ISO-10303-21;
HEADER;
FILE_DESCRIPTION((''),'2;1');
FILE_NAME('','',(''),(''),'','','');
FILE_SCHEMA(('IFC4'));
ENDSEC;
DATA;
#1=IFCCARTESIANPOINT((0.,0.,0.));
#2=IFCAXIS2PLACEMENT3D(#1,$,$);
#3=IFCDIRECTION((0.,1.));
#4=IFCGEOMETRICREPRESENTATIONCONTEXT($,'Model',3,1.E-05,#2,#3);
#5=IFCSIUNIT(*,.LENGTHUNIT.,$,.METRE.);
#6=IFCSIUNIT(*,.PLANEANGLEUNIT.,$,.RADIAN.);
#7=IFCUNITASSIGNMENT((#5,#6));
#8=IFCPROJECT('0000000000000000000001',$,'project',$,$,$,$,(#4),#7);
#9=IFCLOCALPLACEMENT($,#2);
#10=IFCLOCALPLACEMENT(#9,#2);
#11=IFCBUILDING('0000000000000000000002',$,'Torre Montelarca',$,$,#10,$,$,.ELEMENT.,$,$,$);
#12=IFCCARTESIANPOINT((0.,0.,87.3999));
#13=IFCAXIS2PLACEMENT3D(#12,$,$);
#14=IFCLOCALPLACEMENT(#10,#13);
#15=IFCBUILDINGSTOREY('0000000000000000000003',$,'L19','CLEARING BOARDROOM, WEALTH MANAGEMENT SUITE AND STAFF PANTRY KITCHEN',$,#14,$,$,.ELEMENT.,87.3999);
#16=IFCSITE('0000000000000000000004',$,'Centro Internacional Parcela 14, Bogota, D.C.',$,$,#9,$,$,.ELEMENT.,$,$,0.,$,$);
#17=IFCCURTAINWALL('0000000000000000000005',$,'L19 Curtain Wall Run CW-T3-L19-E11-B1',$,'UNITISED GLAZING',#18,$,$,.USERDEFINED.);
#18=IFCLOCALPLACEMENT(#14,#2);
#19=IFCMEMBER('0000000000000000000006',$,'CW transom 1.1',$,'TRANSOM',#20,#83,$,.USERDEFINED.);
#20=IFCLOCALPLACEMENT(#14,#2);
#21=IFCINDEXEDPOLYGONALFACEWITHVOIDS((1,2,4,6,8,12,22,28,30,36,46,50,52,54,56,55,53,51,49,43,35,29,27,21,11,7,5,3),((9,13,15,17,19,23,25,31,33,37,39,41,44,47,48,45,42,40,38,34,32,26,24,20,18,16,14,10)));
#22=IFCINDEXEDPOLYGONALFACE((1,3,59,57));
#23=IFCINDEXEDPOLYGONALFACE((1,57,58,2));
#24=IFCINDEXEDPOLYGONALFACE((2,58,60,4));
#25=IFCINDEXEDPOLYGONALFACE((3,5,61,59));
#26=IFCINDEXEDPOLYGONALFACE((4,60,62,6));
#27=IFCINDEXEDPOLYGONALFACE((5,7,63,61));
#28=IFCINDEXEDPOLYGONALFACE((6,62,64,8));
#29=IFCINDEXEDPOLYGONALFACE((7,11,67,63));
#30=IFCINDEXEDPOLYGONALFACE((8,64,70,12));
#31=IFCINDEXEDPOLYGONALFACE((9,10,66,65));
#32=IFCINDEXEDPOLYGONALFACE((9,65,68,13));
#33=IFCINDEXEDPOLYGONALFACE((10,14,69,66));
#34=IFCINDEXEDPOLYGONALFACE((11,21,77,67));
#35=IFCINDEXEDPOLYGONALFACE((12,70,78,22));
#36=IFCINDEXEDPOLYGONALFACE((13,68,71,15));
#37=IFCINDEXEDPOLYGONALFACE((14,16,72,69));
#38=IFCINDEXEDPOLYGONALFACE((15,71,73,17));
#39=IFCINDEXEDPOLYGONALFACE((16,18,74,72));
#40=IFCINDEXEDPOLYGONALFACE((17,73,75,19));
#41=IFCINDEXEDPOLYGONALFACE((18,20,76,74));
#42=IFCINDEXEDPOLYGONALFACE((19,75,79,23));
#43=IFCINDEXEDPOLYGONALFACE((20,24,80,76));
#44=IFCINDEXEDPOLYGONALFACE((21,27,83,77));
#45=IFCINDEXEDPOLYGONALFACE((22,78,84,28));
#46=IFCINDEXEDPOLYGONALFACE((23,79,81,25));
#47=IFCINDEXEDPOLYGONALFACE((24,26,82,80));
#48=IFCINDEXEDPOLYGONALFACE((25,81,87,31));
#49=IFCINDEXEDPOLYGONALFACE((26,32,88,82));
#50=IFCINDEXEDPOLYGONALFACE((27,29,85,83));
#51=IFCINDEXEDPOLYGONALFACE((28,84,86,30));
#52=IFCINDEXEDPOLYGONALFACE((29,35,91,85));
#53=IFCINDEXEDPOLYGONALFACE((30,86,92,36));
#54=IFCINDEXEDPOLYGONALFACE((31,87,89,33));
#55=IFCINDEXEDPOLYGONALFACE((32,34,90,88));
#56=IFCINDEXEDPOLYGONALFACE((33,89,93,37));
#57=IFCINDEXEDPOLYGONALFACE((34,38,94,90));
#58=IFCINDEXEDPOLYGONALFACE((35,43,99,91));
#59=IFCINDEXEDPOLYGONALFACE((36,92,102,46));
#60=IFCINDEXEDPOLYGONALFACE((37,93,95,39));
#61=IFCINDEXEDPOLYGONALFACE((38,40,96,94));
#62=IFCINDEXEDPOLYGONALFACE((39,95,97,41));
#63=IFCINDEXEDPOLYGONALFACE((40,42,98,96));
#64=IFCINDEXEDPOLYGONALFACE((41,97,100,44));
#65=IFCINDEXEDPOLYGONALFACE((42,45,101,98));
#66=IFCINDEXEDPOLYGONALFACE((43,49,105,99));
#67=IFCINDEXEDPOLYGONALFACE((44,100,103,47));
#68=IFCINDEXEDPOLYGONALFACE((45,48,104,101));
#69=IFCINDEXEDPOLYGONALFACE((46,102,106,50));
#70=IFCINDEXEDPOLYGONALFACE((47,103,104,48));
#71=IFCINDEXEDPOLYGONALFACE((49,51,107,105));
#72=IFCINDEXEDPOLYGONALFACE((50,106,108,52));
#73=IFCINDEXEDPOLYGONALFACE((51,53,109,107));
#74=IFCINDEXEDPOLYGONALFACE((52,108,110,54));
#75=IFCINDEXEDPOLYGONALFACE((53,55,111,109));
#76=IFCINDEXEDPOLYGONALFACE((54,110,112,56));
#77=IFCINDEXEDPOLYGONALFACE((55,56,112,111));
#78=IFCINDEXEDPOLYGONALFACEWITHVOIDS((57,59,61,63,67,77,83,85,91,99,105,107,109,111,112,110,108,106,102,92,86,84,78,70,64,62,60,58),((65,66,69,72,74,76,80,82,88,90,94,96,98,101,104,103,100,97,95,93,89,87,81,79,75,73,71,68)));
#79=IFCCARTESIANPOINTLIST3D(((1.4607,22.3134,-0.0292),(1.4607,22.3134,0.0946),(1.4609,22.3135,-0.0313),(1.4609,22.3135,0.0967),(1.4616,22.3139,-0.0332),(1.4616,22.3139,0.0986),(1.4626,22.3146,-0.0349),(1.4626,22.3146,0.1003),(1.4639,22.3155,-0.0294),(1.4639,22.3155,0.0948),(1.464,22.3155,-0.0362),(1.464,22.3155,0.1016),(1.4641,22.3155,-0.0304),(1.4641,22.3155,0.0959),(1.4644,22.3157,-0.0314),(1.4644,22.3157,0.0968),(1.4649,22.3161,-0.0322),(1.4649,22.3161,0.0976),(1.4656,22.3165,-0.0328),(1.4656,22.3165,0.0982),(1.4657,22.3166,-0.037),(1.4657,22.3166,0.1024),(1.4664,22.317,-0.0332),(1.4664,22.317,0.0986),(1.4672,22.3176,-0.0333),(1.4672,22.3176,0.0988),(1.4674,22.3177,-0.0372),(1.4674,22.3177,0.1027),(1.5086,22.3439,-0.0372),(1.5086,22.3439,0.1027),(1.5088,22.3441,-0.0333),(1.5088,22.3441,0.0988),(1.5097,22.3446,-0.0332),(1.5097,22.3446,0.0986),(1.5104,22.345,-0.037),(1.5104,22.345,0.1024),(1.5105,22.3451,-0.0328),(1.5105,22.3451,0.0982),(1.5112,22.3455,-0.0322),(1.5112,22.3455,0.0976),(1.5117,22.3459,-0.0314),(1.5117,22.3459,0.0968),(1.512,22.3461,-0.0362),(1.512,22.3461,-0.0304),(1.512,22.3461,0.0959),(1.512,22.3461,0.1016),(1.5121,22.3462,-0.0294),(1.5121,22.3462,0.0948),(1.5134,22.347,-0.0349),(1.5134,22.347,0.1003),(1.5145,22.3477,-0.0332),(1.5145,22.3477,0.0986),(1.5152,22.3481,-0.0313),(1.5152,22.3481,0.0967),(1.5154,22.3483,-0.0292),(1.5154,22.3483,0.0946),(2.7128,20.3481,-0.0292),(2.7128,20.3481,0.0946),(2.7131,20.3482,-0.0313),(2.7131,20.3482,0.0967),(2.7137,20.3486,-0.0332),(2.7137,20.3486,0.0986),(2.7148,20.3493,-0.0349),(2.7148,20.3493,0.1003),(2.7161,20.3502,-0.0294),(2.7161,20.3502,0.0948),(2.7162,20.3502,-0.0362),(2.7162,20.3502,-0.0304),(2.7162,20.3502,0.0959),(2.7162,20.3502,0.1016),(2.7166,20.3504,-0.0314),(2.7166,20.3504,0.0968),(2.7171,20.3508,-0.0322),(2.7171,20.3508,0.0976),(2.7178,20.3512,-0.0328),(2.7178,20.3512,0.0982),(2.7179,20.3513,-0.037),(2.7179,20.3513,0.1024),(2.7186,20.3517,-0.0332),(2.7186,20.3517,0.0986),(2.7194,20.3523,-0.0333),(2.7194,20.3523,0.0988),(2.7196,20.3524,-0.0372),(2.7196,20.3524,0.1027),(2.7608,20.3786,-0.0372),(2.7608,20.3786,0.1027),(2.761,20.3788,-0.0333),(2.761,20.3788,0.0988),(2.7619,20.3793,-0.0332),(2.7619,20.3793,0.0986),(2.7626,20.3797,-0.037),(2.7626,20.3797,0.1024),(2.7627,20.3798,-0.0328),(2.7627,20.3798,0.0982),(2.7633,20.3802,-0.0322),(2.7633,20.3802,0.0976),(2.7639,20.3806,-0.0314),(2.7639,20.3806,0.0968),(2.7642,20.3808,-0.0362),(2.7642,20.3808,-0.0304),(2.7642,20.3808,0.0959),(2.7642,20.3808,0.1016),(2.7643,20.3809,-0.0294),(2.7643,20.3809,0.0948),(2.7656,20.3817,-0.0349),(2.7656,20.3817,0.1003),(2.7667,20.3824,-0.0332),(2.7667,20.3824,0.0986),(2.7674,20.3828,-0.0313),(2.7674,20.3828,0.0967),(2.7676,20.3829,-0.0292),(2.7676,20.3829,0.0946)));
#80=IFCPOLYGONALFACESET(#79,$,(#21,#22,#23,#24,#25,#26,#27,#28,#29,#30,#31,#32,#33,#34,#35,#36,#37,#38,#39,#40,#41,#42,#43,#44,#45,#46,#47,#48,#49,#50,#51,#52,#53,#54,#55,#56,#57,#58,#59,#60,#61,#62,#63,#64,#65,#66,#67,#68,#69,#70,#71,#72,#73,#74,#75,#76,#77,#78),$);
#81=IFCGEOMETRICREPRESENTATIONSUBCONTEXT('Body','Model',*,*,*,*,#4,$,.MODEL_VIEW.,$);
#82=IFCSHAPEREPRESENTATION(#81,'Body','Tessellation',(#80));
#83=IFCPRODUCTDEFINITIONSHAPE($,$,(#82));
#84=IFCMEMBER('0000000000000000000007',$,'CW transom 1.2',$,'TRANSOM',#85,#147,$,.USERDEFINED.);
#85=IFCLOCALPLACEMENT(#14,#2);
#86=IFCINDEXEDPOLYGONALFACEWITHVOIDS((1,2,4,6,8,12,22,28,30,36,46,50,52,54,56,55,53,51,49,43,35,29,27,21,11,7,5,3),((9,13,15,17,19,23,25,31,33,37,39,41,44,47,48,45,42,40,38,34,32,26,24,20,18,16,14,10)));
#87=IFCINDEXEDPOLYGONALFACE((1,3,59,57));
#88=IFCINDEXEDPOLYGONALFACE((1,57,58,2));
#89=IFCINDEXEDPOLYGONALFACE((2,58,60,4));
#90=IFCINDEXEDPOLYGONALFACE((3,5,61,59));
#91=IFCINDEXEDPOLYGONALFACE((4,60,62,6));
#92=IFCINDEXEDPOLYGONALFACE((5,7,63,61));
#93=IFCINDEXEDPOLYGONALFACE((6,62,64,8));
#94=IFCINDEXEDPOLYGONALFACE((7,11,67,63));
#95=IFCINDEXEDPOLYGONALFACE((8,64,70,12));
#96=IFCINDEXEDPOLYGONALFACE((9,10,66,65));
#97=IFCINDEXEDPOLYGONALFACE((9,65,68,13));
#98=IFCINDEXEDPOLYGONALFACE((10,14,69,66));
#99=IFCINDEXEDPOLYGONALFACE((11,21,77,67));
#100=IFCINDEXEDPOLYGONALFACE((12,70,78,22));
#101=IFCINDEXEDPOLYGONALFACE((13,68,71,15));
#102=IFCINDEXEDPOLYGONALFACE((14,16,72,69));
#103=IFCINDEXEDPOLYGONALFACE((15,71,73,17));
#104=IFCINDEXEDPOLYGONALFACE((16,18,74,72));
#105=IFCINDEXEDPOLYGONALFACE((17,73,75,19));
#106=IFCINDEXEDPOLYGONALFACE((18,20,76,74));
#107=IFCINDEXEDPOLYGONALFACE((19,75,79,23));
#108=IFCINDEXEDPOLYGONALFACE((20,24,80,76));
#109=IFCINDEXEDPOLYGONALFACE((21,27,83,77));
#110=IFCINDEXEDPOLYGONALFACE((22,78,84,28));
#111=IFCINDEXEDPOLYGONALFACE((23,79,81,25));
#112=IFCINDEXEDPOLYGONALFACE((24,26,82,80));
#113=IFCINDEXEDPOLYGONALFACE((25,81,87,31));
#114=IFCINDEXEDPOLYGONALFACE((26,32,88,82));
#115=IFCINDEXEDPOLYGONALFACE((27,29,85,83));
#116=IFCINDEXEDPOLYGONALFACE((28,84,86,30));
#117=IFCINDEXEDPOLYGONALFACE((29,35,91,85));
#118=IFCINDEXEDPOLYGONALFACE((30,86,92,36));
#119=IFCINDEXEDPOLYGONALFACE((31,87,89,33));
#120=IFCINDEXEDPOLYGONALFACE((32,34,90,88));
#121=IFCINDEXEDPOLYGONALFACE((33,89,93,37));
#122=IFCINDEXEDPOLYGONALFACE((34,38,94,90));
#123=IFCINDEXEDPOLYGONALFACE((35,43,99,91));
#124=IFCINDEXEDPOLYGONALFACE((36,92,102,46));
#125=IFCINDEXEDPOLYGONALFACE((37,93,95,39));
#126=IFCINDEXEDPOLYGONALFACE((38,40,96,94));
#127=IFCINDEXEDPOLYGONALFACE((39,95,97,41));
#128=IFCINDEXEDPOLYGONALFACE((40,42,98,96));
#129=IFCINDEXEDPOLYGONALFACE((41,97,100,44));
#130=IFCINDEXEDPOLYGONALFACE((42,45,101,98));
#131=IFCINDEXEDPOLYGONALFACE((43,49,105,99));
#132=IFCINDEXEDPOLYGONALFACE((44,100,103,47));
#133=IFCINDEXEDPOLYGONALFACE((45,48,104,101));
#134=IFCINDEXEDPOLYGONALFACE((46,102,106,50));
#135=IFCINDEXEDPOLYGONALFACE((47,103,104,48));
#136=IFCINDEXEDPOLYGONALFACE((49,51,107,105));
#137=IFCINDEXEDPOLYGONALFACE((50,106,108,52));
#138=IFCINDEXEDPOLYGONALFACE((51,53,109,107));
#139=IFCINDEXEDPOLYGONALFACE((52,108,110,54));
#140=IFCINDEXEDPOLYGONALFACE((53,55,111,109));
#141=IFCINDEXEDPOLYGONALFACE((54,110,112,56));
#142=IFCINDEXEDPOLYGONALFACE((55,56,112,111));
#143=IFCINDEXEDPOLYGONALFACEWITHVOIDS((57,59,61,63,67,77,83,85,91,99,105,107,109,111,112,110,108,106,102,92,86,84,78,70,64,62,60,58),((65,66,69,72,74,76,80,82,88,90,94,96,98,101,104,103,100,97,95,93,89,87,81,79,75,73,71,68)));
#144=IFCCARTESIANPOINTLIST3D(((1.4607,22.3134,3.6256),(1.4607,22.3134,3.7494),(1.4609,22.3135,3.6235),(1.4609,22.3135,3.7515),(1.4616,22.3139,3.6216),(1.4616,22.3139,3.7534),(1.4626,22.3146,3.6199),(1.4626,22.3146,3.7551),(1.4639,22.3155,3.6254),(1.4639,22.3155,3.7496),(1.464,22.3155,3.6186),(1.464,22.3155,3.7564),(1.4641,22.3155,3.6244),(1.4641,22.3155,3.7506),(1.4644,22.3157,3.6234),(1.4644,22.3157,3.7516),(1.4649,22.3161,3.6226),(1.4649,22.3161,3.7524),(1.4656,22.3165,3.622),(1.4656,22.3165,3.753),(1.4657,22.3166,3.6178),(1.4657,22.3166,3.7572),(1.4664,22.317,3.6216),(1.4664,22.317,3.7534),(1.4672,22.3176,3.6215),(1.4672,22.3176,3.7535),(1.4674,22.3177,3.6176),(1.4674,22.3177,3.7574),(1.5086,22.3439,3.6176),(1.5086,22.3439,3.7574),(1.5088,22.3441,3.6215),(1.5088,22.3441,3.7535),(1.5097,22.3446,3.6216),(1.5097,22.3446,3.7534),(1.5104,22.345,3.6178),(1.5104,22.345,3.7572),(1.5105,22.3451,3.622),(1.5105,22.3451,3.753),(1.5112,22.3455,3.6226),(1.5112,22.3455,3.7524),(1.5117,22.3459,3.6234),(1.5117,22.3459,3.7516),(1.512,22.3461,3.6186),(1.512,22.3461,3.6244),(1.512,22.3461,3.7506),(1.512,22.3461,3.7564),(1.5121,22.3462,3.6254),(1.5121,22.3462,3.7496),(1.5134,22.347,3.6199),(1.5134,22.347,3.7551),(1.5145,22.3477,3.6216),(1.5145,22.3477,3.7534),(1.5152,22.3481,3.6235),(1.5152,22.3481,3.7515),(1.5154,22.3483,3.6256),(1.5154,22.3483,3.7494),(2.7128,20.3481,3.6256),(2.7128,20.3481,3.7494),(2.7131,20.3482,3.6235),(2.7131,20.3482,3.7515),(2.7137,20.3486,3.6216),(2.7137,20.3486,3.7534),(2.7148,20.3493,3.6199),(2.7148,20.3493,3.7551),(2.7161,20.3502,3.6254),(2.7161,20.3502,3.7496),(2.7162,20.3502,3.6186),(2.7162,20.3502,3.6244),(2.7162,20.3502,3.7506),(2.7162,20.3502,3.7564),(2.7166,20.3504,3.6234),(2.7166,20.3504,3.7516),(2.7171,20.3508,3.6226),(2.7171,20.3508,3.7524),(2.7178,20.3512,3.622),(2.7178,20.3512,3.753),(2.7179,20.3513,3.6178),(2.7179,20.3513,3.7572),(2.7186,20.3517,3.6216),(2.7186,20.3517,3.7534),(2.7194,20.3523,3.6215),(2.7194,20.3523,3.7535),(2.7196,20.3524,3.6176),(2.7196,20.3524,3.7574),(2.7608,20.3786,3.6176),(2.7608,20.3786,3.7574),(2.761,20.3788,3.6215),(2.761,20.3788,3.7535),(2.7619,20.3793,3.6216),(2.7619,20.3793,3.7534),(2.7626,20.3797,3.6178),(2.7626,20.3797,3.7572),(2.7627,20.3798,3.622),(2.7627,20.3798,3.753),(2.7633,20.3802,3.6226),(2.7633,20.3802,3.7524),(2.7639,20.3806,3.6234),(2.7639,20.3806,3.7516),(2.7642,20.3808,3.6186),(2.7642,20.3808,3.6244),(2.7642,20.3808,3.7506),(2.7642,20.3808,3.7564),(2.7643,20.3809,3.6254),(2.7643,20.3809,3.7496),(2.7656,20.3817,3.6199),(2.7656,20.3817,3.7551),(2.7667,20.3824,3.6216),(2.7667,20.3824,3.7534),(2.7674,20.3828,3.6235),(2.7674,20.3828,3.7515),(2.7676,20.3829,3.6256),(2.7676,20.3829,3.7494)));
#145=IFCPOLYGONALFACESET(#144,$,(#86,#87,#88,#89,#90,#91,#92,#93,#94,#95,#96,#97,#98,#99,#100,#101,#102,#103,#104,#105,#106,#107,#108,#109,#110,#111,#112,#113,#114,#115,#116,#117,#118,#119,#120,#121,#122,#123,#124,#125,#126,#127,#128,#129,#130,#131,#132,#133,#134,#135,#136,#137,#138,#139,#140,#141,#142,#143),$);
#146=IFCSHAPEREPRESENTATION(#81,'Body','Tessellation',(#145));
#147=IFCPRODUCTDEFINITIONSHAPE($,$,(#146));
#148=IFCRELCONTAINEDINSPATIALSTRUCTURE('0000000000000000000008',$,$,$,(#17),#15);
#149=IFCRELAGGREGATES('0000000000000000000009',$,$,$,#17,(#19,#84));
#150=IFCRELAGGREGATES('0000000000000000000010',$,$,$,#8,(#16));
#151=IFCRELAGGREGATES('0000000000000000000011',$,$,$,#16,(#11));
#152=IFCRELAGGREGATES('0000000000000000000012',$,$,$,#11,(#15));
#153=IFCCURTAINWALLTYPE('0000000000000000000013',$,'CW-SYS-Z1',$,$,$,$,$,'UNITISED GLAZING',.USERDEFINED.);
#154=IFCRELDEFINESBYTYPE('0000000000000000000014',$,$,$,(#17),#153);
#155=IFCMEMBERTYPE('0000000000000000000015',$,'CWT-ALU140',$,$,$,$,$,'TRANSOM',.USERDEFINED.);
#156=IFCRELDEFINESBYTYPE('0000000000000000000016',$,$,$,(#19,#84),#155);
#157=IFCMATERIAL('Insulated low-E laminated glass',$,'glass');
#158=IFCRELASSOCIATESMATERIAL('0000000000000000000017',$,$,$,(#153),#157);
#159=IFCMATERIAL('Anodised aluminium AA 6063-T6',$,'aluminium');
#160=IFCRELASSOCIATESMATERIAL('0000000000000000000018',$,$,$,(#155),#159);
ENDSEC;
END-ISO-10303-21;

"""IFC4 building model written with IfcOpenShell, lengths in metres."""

from ifc_helpers import new_model, si_unit, direction, frame, origin, origin_2d, place, context, subcontext, project, spatial, hollow_rectangle, extrude, source, transform, mapped, material, material_profile, profile_set, type_object, element, aggregate, save


model = new_model("IFC4")

# Units and contexts
model_context = context("Model", 3, precision=1e-05, world=origin(), true_north=direction((0.0, 1.0)))
body_context = subcontext(model_context, "Body", "Model", "MODEL_VIEW")
ifc_project = project(units=[si_unit("LENGTHUNIT", "METRE"), si_unit("PLANEANGLEUNIT", "RADIAN")], contexts=[model_context])

# Site, building, storey
site_placement = place(None, origin())
site = spatial("IfcSite", under=ifc_project, at=site_placement, Name="Centro Internacional Parcela 14, Bogota, D.C.", CompositionType="ELEMENT", RefElevation=0.0)
building_placement = place(site_placement, origin())
building = spatial("IfcBuilding", under=site, at=building_placement, Name="Torre Montelarca", CompositionType="ELEMENT")
storey_placement = place(building_placement, frame((0.0, 0.0, 87.3999)))
storey = spatial("IfcBuildingStorey", under=building, at=storey_placement, Name="L19", Description="CLEARING BOARDROOM, WEALTH MANAGEMENT SUITE AND STAFF PANTRY KITCHEN", CompositionType="ELEMENT", Elevation=87.3999)

# Curtain wall, members
ifc_material_1 = material(Name="Insulated low-E laminated glass", Category="glass")
curtain_wall_type = type_object("IfcCurtainWallType", Name="CW-SYS-Z1", ElementType="UNITISED GLAZING", PredefinedType="USERDEFINED", material=ifc_material_1)
ifc_material_2 = material(Name="Anodised aluminium AA 6063-T6", Category="aluminium")
ifc_material_profile_1 = material_profile(ifc_material_2, hollow_rectangle(XDim=0.0649, YDim=0.1399, WallThickness=0.0039, InnerFilletRadius=0.0039, OuterFilletRadius=0.0081, at=origin_2d()), Name="ALU65X140X4", Category="aluminium")
ifc_profile_set_1 = profile_set([ifc_material_profile_1], Name="Anodised aluminium AA 6063-T6")
member_type_1 = type_object("IfcMemberType", Name="CWT-ALU140", ElementType="TRANSOM", PredefinedType="USERDEFINED", material=ifc_profile_set_1)
curtain_wall_1_placement = place(storey_placement, origin())
curtain_wall_1 = element("IfcCurtainWall", 1, at=curtain_wall_1_placement, inside=storey, type_object=curtain_wall_type, Name="L19 Curtain Wall Run CW-T3-L19-E11-B1", ObjectType="UNITISED GLAZING", PredefinedType="USERDEFINED")
shared_shape_1 = source(origin(), body_context, "Body", "SweptSolid", [
    extrude(hollow_rectangle(XDim=0.0649, YDim=0.1399, WallThickness=0.0039, InnerFilletRadius=0.0039, OuterFilletRadius=0.0081, at=origin_2d()), origin(), (0.0, 0.0, 1.0), 2.3303),
])
member_1_placement = place(storey_placement, frame((1.488, 22.3308, 0.0327), z_axis=(0.537343, -0.843364, 0.0), x_axis=(0.843364, 0.537343, 0.0)))
member_1 = element("IfcMember", 2, at=member_1_placement, type_object=member_type_1, Name="CW transom 1.1", ObjectType="TRANSOM", PredefinedType="USERDEFINED", context=body_context, shape_type="MappedRepresentation", body=[
    mapped(shared_shape_1, transform((0.0, 0.0, 0.0), scale=1.0)),
])
member_2_placement = place(storey_placement, frame((1.488, 22.3308, 3.6875), z_axis=(0.537343, -0.843364, 0.0), x_axis=(0.843364, 0.537343, 0.0)))
member_2 = element("IfcMember", 3, at=member_2_placement, type_object=member_type_1, Name="CW transom 1.2", ObjectType="TRANSOM", PredefinedType="USERDEFINED", context=body_context, shape_type="MappedRepresentation", body=[
    mapped(shared_shape_1, transform((0.0, 0.0, 0.0), scale=1.0)),
])

aggregate(curtain_wall_1, [member_1, member_2])

save(model, "model.ifc")
